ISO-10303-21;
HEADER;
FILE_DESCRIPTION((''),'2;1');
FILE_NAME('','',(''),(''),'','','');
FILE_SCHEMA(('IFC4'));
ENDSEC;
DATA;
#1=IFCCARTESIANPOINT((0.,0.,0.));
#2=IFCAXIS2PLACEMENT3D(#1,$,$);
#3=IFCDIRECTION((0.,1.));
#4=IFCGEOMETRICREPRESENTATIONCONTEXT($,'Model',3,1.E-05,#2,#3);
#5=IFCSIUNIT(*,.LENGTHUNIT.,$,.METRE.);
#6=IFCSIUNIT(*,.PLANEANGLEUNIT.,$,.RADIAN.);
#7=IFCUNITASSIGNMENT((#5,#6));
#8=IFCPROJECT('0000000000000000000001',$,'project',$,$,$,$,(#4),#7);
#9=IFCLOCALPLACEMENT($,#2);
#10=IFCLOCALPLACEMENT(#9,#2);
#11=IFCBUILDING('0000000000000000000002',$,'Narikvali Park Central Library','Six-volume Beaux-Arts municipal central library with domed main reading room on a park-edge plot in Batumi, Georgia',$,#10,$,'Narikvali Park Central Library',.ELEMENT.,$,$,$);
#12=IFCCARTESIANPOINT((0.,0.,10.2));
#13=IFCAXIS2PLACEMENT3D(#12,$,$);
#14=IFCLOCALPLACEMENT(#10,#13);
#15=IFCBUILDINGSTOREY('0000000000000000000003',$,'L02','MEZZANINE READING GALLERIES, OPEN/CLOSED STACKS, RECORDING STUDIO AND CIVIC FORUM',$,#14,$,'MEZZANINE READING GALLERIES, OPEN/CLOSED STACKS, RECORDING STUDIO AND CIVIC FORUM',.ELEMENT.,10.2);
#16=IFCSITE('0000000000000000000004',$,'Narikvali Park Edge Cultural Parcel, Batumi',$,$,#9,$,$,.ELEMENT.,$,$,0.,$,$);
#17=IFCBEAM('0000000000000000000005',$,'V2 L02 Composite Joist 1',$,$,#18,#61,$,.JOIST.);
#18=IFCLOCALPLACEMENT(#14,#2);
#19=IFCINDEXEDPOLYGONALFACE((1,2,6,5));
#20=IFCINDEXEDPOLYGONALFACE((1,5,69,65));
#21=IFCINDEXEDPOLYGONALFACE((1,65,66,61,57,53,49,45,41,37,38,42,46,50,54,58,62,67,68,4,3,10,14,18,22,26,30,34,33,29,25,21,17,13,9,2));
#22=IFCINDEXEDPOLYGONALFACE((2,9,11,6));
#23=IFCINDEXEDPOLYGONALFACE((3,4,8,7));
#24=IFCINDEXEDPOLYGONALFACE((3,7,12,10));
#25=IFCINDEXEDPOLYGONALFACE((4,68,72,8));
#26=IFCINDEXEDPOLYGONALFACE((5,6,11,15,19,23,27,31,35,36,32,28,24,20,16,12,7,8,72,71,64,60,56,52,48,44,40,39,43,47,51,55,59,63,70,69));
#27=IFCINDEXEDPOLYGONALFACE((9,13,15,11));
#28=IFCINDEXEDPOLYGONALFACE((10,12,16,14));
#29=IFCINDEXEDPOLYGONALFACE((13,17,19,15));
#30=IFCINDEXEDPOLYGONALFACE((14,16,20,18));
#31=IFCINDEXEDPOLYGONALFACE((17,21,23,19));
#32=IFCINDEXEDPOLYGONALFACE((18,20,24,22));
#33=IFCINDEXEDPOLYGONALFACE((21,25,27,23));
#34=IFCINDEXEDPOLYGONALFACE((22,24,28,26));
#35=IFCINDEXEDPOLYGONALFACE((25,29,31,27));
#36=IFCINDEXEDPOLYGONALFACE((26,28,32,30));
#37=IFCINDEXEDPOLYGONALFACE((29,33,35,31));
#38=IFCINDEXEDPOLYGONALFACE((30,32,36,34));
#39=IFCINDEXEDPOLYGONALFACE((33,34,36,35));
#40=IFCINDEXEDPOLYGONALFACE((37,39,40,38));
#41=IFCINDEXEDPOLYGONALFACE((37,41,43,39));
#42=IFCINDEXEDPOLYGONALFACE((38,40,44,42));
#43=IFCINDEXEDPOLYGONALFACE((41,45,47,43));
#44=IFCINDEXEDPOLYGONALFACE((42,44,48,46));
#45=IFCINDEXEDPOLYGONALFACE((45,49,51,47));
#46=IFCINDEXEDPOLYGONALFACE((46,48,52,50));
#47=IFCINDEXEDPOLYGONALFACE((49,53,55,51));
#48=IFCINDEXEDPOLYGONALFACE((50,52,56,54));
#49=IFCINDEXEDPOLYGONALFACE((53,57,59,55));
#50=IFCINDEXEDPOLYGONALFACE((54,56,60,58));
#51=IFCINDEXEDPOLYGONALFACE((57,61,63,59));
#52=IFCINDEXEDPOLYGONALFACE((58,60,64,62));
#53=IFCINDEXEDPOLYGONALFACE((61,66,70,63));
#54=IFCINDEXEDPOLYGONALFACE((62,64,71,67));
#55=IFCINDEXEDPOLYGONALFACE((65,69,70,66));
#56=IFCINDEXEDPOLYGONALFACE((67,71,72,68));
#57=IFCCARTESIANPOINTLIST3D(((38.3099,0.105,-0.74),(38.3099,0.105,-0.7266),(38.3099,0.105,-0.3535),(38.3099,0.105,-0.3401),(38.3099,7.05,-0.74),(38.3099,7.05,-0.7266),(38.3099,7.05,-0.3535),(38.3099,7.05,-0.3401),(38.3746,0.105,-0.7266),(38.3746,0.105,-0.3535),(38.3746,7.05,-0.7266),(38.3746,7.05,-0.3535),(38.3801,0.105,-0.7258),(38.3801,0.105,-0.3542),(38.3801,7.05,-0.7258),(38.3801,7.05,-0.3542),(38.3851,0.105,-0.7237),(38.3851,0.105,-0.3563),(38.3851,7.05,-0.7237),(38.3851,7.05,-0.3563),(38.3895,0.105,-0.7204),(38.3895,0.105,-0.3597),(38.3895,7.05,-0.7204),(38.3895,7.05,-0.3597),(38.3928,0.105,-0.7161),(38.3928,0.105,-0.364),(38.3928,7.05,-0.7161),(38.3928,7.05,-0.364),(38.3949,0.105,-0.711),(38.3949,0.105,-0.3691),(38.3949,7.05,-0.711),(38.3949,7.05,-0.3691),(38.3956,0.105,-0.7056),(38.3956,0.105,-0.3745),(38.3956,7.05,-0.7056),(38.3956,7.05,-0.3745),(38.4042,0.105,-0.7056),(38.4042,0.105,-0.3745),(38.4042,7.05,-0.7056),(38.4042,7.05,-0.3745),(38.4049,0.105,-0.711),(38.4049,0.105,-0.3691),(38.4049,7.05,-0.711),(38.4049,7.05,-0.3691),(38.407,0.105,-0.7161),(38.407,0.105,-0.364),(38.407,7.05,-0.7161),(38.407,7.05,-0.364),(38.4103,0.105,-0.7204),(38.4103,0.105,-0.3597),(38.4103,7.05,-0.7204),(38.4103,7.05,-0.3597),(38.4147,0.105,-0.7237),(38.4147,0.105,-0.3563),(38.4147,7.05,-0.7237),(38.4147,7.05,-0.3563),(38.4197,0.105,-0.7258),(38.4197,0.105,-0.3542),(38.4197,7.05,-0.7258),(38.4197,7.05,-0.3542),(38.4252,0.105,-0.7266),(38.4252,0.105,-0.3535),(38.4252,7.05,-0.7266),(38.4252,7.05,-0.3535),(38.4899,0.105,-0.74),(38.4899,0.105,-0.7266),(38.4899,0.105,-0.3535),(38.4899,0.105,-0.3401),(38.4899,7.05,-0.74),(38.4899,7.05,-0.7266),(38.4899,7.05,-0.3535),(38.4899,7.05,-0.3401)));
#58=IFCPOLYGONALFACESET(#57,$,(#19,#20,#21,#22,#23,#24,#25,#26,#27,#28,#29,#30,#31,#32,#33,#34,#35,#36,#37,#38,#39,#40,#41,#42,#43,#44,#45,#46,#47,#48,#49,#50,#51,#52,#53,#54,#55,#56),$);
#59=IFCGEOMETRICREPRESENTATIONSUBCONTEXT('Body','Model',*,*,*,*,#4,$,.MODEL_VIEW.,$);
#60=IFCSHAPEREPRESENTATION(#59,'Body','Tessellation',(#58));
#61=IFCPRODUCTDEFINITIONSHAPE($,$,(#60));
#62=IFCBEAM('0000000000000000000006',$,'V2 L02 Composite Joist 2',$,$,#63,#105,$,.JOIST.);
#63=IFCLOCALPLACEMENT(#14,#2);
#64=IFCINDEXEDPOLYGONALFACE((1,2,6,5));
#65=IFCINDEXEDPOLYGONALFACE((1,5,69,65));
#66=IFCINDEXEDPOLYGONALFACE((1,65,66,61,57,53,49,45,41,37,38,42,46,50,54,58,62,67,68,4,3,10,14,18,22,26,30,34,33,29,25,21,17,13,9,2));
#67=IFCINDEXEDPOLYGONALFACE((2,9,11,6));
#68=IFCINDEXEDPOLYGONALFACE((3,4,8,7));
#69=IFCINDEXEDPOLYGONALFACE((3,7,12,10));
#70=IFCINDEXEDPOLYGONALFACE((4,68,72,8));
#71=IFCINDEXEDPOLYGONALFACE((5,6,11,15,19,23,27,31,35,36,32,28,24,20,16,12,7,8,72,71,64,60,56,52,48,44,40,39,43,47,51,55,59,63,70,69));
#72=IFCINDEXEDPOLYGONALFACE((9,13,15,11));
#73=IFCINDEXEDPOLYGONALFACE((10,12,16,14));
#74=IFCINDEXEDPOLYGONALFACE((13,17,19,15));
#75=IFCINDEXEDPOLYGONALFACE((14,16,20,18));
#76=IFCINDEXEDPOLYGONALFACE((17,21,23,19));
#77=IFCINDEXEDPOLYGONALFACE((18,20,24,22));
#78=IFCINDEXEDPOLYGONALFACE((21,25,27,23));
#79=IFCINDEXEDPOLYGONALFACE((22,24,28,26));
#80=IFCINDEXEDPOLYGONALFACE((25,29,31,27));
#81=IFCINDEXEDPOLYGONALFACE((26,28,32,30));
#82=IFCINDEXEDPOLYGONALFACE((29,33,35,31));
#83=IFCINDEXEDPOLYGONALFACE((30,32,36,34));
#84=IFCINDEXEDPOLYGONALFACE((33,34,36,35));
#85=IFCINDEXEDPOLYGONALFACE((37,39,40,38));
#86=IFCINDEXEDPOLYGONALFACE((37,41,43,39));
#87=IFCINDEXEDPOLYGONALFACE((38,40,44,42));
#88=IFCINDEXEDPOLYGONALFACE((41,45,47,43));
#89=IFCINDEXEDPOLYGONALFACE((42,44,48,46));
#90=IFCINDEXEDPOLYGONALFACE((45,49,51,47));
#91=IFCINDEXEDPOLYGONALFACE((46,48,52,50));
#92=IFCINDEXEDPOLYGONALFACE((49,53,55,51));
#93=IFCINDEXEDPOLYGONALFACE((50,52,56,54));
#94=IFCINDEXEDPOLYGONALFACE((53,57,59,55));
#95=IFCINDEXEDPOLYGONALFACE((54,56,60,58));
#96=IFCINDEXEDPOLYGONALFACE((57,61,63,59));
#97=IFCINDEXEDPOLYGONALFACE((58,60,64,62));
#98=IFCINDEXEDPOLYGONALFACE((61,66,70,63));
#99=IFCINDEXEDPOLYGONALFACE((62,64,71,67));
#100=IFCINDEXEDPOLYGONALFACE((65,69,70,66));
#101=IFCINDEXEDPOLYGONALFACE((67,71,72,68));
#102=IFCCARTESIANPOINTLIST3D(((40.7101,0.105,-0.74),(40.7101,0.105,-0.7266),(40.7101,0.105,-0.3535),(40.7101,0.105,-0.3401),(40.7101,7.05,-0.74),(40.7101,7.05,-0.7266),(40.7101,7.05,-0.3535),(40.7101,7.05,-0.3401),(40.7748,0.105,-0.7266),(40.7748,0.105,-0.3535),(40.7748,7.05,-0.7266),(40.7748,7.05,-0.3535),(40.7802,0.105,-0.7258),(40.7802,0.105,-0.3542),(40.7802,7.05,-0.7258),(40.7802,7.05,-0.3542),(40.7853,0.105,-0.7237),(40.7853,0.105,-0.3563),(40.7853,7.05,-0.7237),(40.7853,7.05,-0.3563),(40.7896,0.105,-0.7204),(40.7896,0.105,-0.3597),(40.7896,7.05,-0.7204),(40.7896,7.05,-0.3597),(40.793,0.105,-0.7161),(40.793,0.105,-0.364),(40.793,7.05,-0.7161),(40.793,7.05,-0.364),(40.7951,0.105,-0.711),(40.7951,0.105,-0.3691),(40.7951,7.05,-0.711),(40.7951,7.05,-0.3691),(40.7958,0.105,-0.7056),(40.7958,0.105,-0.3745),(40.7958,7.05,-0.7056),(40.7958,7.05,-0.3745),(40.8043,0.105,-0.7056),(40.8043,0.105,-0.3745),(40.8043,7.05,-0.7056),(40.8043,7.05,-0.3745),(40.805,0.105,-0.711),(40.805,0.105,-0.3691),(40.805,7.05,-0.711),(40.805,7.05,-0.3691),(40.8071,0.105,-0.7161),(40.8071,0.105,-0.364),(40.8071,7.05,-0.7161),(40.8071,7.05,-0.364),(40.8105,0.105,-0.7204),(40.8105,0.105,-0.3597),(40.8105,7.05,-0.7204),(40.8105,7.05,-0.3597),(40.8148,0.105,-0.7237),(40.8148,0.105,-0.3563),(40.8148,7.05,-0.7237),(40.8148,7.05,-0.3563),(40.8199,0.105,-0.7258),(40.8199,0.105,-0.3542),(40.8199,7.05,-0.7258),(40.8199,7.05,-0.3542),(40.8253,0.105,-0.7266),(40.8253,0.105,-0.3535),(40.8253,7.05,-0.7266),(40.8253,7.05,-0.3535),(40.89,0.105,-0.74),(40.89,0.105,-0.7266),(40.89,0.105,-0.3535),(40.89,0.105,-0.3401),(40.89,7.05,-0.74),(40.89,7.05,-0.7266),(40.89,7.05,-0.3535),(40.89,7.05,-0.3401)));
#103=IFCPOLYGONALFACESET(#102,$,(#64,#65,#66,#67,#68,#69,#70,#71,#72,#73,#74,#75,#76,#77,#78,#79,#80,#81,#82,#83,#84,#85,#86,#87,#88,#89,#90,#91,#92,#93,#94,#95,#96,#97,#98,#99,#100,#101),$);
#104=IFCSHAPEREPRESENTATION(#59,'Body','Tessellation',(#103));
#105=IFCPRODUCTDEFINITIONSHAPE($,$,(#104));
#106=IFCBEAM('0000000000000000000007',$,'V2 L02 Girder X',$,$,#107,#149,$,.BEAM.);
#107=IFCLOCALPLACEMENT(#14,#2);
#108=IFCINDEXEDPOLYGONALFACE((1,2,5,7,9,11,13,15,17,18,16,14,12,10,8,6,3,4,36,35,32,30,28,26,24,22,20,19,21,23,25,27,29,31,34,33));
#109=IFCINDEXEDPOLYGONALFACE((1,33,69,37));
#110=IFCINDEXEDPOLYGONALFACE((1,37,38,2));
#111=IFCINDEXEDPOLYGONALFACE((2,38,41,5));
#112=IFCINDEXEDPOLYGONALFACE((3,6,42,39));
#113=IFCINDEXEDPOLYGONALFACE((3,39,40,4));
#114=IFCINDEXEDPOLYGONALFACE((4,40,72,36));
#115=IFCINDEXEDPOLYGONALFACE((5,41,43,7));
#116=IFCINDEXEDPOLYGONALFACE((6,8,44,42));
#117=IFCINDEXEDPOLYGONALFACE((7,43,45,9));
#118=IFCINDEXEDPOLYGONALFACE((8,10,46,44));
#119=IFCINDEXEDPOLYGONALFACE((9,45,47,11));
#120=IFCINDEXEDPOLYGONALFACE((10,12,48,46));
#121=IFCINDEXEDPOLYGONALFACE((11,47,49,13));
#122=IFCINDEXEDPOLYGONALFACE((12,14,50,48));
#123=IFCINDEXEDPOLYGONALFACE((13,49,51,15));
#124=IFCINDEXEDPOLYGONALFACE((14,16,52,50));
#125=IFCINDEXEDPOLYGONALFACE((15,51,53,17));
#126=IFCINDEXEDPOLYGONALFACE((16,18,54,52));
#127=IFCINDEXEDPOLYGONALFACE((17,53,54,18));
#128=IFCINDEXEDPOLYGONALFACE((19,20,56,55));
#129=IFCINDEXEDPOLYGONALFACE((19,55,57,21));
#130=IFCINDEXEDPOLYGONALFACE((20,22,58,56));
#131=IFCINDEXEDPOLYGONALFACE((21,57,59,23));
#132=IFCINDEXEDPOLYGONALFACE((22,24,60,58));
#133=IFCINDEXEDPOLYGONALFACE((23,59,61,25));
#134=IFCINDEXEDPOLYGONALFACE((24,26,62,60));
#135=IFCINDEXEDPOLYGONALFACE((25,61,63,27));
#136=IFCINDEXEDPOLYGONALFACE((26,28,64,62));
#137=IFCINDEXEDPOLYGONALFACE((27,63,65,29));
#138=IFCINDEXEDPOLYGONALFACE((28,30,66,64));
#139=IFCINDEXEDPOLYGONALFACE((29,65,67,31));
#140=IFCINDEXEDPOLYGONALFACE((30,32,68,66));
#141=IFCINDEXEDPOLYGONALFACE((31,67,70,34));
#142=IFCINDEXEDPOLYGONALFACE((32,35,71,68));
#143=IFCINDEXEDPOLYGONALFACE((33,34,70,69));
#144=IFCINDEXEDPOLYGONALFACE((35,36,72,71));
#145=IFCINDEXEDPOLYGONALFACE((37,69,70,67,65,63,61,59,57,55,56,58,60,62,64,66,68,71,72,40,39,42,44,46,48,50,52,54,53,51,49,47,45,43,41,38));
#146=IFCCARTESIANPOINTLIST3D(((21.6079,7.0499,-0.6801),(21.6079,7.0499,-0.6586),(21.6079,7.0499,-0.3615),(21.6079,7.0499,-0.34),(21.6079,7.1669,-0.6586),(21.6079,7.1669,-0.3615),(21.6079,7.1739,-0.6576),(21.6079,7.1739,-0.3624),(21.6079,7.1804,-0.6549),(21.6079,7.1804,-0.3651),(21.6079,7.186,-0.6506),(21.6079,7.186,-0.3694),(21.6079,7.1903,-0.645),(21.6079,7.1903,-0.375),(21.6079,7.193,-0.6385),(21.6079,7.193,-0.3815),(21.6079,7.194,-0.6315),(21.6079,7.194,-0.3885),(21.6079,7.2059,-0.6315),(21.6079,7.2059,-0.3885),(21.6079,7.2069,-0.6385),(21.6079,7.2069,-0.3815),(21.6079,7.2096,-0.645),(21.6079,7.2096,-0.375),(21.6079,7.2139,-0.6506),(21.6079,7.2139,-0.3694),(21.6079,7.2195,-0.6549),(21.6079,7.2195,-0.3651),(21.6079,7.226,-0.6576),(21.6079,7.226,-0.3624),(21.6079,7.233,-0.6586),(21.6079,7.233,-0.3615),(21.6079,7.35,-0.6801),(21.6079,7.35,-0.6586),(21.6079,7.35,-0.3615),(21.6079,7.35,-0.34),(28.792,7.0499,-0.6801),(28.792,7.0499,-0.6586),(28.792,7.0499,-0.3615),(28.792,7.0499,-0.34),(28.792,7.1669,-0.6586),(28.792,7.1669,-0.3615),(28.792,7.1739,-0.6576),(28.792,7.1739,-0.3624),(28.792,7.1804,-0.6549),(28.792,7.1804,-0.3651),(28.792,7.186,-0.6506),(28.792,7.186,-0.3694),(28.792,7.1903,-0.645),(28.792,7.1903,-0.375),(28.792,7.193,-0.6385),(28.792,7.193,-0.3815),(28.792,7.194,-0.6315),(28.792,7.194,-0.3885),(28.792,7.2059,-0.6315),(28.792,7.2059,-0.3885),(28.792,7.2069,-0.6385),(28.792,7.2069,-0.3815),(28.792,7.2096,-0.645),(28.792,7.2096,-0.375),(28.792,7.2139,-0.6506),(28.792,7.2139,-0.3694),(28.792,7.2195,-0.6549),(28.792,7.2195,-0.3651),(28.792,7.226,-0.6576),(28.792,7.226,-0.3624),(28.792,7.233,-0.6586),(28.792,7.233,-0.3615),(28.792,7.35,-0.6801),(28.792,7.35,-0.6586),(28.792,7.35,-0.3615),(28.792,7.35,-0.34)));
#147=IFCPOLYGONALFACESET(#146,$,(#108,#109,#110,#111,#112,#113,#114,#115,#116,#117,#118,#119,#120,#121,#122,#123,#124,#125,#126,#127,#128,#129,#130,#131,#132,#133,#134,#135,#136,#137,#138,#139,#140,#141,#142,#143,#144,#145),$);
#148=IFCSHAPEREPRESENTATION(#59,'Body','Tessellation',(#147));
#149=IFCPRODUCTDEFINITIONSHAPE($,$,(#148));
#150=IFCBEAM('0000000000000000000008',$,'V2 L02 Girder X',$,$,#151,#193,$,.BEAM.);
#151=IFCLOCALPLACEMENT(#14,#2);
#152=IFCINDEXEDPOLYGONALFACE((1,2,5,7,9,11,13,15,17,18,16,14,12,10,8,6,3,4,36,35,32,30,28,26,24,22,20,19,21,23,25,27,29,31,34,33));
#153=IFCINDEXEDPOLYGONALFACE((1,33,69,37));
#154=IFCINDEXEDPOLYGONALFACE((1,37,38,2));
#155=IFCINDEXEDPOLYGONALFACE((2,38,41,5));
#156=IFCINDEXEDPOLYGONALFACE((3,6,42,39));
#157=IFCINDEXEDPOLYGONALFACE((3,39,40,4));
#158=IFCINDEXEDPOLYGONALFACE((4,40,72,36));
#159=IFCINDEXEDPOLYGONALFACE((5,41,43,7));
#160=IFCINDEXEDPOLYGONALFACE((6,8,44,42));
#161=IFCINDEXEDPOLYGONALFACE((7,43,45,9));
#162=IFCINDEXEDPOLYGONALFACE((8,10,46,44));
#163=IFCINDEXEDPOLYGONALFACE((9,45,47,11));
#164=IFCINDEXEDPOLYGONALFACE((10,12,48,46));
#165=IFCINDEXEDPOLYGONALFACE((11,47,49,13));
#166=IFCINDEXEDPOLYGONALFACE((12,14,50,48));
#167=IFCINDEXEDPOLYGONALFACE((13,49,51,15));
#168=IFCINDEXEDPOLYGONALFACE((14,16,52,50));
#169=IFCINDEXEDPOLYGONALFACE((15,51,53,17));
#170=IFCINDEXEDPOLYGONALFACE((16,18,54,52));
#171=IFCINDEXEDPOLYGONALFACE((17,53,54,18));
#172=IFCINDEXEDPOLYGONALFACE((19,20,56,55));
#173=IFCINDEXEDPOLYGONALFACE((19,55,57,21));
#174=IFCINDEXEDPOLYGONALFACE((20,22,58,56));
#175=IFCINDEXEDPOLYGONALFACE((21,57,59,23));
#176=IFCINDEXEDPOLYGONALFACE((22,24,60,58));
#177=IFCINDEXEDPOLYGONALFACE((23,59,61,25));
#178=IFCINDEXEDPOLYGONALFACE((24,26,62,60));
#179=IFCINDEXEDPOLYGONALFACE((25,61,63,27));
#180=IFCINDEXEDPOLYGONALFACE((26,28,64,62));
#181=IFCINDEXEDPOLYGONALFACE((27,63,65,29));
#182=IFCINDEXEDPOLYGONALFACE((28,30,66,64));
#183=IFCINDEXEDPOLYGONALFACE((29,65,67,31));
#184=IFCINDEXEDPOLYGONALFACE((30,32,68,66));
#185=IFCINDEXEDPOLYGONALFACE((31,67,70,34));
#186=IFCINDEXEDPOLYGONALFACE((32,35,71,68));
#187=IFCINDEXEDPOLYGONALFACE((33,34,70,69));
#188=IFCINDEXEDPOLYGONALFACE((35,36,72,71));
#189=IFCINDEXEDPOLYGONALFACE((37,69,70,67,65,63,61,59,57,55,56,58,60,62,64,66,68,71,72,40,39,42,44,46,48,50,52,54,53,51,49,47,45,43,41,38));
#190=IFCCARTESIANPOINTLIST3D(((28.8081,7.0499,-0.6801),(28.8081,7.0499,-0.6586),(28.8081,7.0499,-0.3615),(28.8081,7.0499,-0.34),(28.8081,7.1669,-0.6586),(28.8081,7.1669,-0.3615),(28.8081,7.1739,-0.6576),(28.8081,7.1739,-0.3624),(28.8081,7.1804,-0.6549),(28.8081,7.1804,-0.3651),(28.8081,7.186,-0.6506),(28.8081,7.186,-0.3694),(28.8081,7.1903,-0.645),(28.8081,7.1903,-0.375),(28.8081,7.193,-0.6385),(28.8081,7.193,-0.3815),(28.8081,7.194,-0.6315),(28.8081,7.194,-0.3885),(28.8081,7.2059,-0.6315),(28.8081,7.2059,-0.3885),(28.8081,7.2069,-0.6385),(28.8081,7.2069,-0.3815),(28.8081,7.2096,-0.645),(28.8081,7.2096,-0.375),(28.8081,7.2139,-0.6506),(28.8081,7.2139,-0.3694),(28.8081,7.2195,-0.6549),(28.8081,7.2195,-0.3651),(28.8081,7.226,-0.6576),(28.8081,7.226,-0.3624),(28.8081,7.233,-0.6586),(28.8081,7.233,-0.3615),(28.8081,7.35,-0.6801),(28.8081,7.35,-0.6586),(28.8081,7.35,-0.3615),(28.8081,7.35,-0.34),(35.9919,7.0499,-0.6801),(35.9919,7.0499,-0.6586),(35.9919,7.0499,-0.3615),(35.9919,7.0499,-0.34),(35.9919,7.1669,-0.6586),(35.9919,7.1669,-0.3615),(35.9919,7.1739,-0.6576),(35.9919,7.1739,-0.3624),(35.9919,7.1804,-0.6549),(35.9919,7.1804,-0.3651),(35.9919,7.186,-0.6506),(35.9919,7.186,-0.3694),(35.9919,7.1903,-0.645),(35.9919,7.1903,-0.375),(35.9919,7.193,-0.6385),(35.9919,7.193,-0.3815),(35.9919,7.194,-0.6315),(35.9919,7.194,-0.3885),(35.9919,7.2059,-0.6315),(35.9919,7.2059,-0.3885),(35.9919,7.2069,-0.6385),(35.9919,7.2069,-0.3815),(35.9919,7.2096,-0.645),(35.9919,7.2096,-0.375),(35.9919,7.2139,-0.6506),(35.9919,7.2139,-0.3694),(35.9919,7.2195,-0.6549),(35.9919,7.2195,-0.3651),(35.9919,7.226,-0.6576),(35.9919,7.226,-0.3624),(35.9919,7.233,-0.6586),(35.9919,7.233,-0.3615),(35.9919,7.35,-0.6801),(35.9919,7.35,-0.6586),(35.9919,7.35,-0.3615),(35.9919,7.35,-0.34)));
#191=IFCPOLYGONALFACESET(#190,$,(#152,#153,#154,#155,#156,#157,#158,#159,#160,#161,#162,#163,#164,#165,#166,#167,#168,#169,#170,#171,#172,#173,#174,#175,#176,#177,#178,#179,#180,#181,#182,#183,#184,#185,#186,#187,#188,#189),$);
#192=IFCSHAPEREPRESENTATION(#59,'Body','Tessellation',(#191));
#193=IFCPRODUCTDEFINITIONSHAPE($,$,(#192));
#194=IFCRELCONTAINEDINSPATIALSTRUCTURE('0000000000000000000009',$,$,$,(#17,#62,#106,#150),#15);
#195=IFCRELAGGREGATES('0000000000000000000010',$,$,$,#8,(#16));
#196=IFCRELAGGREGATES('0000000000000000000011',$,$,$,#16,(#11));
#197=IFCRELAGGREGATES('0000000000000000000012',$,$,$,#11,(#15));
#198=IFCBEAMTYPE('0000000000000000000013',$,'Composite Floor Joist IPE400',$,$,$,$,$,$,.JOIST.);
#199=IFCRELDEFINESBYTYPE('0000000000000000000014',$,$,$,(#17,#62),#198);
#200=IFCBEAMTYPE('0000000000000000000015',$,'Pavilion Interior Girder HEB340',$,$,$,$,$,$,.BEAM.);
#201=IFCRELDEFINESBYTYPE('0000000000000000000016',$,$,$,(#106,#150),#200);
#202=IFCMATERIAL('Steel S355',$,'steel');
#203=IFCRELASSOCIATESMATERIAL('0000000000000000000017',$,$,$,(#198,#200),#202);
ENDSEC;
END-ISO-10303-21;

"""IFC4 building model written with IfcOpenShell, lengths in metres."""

from ifc_helpers import new_model, si_unit, direction, frame, origin, origin_2d, place, context, subcontext, project, spatial, i_section, extrude, material, material_profile, profile_set, type_object, element, save


model = new_model("IFC4")

# Units and contexts
model_context = context("Model", 3, precision=1e-05, world=origin(), true_north=direction((0.0, 1.0)))
body_context = subcontext(model_context, "Body", "Model", "MODEL_VIEW")
ifc_project = project(units=[si_unit("LENGTHUNIT", "METRE"), si_unit("PLANEANGLEUNIT", "RADIAN")], contexts=[model_context])

# Site, building, storey
site_placement = place(None, origin())
site = spatial("IfcSite", under=ifc_project, at=site_placement, Name="Narikvali Park Edge Cultural Parcel, Batumi", CompositionType="ELEMENT", RefElevation=0.0)
building_placement = place(site_placement, origin())
building = spatial("IfcBuilding", under=site, at=building_placement, Name="Narikvali Park Central Library", Description="Six-volume Beaux-Arts municipal central library with domed main reading room on a park-edge plot in Batumi, Georgia", LongName="Narikvali Park Central Library", CompositionType="ELEMENT")
storey_placement = place(building_placement, frame((0.0, 0.0, 10.2)))
storey = spatial("IfcBuildingStorey", under=building, at=storey_placement, Name="L02", Description="MEZZANINE READING GALLERIES, OPEN/CLOSED STACKS, RECORDING STUDIO AND CIVIC FORUM", LongName="MEZZANINE READING GALLERIES, OPEN/CLOSED STACKS, RECORDING STUDIO AND CIVIC FORUM", CompositionType="ELEMENT", Elevation=10.2)

# Beams
ifc_material_1 = material(Name="Steel S355", Category="steel")
ifc_material_profile_1 = material_profile(ifc_material_1, i_section(OverallWidth=0.1799, OverallDepth=0.3999, WebThickness=0.0085, FlangeThickness=0.0134, FilletRadius=0.021, at=origin_2d()), Name="IPE 400")
ifc_profile_set_1 = profile_set([ifc_material_profile_1], Name="Steel S355")
beam_type_1 = type_object("IfcBeamType", Name="Composite Floor Joist IPE400", PredefinedType="JOIST", material=ifc_profile_set_1)
for number, where, z_axis, x_axis, name in (
    (1, (38.3999, 0.105, -0.54), (0.0, 1.0, 0.0), (-1.0, 0.0, 0.0), "V2 L02 Composite Joist 1"),
    (2, (40.8, 0.105, -0.54), (0.0, 1.0, 0.0), (-1.0, 0.0, 0.0), "V2 L02 Composite Joist 2"),
):
    element("IfcBeam", number, at=place(storey_placement, frame(where, z_axis=z_axis, x_axis=x_axis)), inside=storey, type_object=beam_type_1, Name=name, PredefinedType="JOIST", context=body_context, shape_type="SweptSolid", body=[
        extrude(i_section(OverallWidth=0.1799, OverallDepth=0.3999, WebThickness=0.0085, FlangeThickness=0.0134, FilletRadius=0.021, at=origin_2d()), origin(), (0.0, 0.0, 1.0), 6.9451),
    ])
ifc_material_profile_2 = material_profile(ifc_material_1, i_section(OverallWidth=0.3, OverallDepth=0.3401, WebThickness=0.012, FlangeThickness=0.0215, FilletRadius=0.0271, at=origin_2d()), Name="HEB 340")
ifc_profile_set_2 = profile_set([ifc_material_profile_2], Name="Steel S355")
beam_type_2 = type_object("IfcBeamType", Name="Pavilion Interior Girder HEB340", PredefinedType="BEAM", material=ifc_profile_set_2)
beam_placement = place(storey_placement, frame((21.6079, 7.2, -0.51), z_axis=(1.0, 0.0, 0.0), x_axis=(0.0, 1.0, 0.0)))
element("IfcBeam", 3, at=beam_placement, inside=storey, type_object=beam_type_2, Name="V2 L02 Girder X", PredefinedType="BEAM", context=body_context, shape_type="SweptSolid", body=[
    extrude(i_section(OverallWidth=0.3, OverallDepth=0.3401, WebThickness=0.012, FlangeThickness=0.0215, FilletRadius=0.0271, at=origin_2d()), origin(), (0.0, 0.0, 1.0), 7.1841),
])
for number, where, z_axis, x_axis, name in (
    (4, (28.8081, 7.2, -0.51), (1.0, 0.0, 0.0), (0.0, 1.0, 0.0), "V2 L02 Girder X"),
):
    element("IfcBeam", number, at=place(storey_placement, frame(where, z_axis=z_axis, x_axis=x_axis)), inside=storey, type_object=beam_type_2, Name=name, PredefinedType="BEAM", context=body_context, shape_type="SweptSolid", body=[
        extrude(i_section(OverallWidth=0.3, OverallDepth=0.3401, WebThickness=0.012, FlangeThickness=0.0215, FilletRadius=0.0271, at=origin_2d()), origin(), (0.0, 0.0, 1.0), 7.1838),
    ])

save(model, "model.ifc")
